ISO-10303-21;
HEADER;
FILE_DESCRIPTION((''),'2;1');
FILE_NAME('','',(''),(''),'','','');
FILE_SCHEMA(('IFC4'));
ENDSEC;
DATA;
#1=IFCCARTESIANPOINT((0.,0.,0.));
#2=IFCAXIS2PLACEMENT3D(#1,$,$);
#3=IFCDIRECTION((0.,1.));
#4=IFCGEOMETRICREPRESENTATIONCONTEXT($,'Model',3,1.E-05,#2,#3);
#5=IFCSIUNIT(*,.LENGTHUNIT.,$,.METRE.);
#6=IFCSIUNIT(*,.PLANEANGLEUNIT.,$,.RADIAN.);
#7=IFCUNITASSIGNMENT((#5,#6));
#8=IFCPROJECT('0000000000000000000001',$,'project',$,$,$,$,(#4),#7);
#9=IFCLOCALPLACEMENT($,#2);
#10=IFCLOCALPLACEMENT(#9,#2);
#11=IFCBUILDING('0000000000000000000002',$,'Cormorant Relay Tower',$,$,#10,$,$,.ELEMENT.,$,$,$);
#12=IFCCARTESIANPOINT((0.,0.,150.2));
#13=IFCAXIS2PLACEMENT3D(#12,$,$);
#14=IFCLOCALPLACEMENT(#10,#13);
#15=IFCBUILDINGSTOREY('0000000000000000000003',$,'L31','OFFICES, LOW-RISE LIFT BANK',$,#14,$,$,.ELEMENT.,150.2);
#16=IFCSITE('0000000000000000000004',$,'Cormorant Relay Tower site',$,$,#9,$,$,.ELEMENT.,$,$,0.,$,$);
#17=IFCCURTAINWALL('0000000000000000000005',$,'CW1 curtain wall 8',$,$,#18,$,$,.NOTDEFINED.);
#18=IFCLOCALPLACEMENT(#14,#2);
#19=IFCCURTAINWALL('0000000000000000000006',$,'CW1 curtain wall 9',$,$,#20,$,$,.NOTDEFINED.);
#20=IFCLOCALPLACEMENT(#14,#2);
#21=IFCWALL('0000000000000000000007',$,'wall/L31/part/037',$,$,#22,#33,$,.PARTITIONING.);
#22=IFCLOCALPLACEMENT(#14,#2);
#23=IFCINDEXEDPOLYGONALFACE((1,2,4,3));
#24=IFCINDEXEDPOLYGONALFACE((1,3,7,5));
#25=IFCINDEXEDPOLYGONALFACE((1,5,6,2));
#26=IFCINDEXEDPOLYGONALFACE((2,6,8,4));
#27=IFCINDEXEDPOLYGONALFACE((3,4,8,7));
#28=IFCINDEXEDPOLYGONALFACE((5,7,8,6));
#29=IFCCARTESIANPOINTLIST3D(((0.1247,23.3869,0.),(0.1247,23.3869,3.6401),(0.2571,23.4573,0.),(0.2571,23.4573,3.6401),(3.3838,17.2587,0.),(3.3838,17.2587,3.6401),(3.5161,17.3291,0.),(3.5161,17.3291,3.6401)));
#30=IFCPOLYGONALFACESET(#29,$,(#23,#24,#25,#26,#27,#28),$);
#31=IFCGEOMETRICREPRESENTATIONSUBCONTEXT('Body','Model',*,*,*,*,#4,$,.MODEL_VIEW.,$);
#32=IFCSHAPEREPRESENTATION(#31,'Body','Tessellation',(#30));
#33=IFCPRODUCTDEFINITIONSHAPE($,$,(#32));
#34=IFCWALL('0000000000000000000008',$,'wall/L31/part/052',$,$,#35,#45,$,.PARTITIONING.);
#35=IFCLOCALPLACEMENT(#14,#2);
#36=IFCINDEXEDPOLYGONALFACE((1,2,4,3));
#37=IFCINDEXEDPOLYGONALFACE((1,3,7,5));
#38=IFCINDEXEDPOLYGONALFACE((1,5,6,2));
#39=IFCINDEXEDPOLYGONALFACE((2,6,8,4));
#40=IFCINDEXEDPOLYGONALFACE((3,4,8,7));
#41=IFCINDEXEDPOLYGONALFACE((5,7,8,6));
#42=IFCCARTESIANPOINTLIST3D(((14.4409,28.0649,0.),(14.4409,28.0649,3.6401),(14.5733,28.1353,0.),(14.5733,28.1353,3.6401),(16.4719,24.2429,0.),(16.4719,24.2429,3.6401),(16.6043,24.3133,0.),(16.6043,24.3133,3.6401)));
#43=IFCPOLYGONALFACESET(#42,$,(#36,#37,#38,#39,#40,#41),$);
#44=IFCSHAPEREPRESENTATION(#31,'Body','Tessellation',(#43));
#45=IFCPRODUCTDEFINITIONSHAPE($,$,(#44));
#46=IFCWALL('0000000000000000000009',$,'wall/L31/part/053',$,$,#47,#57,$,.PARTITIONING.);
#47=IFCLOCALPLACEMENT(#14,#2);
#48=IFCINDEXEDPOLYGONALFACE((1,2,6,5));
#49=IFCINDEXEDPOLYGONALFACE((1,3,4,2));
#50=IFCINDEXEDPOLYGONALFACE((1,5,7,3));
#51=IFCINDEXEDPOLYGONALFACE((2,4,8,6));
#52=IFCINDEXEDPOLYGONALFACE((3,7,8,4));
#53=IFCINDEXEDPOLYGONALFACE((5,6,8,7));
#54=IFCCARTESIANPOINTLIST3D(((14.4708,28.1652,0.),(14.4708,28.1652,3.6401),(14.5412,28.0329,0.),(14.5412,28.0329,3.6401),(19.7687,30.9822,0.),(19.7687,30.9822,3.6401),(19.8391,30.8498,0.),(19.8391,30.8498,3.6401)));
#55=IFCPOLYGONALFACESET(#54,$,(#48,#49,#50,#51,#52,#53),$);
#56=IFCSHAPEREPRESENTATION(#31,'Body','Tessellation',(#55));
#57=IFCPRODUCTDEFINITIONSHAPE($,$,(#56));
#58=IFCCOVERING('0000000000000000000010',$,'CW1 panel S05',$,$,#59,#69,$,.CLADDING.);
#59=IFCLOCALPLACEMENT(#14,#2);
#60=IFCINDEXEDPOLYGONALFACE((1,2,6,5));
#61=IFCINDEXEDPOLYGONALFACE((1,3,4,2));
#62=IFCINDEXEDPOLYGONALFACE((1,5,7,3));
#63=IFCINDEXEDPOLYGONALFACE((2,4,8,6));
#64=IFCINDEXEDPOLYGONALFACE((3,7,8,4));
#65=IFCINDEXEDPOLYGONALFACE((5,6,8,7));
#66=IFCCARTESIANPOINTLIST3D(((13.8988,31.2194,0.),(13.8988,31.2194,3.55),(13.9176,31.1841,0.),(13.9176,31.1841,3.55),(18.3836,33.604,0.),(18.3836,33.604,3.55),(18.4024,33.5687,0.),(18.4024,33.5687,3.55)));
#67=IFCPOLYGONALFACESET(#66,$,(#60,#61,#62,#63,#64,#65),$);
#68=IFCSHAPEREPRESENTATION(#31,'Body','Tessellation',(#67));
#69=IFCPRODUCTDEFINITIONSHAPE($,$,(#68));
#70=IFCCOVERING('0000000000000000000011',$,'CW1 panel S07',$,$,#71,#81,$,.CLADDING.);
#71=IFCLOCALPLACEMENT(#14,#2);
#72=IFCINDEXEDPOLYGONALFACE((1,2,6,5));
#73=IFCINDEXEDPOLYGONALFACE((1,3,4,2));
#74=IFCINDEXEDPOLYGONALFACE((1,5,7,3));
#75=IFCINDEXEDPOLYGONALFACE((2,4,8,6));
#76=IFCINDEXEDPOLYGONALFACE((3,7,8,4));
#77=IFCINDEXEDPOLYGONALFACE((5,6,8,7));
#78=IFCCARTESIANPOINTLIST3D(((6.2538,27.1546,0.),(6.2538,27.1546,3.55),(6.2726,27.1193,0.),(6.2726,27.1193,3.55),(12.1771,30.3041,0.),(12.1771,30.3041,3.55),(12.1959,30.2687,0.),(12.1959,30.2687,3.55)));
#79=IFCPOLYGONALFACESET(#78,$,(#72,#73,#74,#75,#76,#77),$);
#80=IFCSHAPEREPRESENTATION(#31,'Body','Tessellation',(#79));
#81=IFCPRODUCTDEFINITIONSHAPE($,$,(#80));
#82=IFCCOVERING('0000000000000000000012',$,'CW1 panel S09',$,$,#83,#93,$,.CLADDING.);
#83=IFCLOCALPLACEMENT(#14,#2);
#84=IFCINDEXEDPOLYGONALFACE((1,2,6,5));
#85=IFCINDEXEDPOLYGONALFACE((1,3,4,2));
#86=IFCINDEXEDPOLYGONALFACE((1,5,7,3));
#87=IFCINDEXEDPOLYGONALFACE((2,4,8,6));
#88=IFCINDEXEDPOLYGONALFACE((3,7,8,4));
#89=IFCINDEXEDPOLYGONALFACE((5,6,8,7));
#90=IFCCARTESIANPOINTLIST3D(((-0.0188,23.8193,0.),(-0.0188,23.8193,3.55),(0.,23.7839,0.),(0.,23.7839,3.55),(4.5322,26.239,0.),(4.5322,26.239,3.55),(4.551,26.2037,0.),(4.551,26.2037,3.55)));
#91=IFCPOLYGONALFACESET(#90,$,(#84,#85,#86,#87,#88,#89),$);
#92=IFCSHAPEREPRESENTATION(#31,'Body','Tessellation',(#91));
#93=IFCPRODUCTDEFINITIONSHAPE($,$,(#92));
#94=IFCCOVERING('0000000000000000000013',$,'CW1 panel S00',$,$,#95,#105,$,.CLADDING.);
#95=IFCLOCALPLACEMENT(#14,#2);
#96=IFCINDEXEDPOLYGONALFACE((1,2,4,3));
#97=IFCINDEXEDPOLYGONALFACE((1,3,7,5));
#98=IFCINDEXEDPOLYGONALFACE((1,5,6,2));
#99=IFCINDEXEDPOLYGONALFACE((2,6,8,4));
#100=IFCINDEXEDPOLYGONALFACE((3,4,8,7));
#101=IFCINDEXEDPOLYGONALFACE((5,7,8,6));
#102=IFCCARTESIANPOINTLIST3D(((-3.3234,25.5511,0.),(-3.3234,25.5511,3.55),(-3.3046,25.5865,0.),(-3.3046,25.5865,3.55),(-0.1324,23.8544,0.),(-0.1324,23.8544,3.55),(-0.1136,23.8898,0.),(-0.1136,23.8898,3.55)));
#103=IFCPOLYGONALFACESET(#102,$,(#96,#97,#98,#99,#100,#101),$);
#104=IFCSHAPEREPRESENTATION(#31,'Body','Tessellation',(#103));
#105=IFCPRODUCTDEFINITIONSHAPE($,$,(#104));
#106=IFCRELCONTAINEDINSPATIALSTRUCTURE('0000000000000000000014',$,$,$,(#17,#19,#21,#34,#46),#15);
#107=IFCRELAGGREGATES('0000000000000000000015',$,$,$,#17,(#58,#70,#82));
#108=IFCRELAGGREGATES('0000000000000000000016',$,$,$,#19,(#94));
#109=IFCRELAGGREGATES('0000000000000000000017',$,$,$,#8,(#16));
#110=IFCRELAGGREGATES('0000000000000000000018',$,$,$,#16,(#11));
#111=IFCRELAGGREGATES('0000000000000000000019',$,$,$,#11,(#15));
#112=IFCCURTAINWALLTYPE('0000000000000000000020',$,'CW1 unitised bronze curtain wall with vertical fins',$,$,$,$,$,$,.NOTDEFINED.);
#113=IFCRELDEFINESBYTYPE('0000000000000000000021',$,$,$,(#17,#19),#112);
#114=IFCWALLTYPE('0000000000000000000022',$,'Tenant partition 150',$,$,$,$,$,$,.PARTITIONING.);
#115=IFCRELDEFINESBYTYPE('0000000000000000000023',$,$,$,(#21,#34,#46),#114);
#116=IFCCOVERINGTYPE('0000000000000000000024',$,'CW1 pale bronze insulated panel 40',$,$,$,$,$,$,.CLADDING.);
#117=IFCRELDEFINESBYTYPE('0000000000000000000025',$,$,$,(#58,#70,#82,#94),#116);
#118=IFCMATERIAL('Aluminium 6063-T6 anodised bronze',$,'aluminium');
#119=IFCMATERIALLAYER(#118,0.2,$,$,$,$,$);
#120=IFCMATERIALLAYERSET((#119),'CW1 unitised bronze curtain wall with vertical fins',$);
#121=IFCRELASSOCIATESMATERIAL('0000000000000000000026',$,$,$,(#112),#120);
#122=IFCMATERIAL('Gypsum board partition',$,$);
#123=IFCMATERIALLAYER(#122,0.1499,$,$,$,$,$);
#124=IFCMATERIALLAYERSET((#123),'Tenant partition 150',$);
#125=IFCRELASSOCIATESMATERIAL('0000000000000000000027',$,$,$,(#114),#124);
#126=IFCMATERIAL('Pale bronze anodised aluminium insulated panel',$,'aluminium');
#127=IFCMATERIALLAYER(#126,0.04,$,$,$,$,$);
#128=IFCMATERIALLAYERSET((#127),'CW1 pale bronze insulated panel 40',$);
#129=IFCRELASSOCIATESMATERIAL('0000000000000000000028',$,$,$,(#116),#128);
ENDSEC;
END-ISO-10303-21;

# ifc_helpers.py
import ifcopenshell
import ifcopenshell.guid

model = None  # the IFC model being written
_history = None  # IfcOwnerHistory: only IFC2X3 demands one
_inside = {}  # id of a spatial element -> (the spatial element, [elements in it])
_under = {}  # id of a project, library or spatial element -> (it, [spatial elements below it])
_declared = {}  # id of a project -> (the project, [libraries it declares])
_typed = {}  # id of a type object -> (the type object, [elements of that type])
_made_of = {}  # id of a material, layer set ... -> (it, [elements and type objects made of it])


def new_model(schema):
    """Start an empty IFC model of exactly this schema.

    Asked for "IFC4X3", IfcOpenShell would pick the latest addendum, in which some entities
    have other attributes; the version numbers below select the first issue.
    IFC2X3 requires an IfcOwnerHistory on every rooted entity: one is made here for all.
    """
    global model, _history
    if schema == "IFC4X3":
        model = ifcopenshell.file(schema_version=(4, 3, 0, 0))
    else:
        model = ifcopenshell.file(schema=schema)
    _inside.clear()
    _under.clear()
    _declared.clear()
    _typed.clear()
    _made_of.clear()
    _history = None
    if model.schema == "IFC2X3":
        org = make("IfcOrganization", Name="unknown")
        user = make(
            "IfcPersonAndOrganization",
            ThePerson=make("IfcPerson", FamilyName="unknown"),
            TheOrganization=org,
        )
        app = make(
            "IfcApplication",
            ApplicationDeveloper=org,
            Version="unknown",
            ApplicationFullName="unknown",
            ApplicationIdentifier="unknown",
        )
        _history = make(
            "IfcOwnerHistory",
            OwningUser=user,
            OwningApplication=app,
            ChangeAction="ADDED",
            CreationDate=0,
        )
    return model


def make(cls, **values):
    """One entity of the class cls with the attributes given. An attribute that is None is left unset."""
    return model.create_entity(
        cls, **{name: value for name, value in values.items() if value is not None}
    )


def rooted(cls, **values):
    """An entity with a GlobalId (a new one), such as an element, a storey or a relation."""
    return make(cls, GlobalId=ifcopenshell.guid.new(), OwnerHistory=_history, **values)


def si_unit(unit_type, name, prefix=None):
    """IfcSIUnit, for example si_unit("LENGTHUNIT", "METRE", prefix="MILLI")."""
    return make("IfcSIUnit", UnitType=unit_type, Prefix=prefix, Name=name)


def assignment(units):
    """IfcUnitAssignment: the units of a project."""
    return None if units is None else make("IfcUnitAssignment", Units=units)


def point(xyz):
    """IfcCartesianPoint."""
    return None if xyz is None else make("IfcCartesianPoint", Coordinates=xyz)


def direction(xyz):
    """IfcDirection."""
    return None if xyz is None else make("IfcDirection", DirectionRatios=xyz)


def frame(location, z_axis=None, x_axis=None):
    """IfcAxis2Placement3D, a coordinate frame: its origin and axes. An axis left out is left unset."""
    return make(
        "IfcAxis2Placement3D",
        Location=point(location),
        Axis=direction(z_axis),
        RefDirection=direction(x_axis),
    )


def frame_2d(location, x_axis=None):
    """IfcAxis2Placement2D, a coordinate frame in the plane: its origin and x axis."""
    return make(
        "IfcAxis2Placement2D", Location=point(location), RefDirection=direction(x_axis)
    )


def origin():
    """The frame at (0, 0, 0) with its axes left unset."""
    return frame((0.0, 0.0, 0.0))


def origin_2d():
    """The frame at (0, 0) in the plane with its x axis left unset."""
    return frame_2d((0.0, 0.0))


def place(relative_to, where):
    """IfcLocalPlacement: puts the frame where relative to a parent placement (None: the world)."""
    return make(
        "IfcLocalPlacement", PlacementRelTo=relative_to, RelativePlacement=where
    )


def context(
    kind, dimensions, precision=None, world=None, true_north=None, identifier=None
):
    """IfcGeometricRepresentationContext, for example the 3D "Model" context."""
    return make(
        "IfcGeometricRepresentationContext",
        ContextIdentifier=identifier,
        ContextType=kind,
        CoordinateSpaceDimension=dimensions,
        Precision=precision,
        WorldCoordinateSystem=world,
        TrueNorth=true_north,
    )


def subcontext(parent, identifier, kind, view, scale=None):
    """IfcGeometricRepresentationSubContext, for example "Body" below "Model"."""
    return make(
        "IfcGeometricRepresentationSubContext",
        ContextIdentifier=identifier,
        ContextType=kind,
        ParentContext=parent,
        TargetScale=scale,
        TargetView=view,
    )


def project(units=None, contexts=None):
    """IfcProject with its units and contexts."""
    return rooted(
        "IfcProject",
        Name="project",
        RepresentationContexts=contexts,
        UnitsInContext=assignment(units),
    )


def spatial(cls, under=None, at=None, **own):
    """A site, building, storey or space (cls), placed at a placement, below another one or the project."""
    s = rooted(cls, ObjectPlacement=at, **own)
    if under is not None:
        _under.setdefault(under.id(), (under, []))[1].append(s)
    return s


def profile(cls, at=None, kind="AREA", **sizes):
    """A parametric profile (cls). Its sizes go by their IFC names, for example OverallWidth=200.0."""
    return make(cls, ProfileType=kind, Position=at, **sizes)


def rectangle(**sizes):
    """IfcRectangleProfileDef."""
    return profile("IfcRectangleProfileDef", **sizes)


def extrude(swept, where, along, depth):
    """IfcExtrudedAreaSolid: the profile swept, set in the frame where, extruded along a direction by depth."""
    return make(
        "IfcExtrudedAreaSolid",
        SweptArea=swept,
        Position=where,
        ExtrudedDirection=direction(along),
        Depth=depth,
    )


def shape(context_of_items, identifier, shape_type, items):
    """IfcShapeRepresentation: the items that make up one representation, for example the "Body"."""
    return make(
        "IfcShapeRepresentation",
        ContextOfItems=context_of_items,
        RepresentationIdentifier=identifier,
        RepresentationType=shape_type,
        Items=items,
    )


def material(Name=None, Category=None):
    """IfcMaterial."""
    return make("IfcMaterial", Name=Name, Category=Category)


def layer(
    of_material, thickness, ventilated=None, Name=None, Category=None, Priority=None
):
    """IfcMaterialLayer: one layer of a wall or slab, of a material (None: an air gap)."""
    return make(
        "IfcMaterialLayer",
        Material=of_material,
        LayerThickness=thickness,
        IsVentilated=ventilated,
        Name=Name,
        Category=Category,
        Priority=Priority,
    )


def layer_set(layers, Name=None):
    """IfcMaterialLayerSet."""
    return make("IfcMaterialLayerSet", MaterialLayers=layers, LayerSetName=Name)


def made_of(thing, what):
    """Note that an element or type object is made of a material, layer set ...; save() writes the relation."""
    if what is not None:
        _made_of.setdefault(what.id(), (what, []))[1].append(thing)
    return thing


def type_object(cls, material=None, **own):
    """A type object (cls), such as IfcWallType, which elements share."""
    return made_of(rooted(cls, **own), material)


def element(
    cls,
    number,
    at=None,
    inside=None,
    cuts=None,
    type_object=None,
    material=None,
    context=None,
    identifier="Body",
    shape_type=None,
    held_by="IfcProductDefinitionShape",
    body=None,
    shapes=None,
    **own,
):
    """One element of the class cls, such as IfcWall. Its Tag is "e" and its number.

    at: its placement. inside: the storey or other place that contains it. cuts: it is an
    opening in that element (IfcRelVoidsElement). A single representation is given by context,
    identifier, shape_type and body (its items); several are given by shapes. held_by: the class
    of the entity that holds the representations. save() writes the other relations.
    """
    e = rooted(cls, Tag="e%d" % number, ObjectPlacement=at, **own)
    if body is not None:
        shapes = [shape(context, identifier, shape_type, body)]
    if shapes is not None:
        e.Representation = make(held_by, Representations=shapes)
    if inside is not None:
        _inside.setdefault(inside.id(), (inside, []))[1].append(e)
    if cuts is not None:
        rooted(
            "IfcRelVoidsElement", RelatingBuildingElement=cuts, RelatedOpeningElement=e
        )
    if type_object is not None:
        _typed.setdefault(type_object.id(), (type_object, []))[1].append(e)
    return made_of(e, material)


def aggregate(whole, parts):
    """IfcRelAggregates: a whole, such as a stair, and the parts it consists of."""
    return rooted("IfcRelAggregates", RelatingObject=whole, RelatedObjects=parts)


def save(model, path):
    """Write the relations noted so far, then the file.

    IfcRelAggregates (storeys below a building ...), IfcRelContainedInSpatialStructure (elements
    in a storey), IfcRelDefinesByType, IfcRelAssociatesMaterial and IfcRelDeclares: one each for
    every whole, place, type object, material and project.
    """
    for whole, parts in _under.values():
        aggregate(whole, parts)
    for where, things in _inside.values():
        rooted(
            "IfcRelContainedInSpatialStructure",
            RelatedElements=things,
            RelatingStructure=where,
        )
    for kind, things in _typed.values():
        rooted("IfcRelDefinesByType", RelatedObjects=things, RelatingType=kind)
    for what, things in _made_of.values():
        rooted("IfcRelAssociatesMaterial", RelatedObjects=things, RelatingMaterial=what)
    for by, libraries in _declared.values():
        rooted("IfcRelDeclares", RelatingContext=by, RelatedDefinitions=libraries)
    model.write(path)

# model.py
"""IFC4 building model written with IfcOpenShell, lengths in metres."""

from ifc_helpers import new_model, si_unit, direction, frame, frame_2d, origin, origin_2d, place, context, subcontext, project, spatial, rectangle, extrude, material, layer, layer_set, type_object, element, aggregate, save


model = new_model("IFC4")

# Units and contexts
model_context = context("Model", 3, precision=1e-05, world=origin(), true_north=direction((0.0, 1.0)))
body_context = subcontext(model_context, "Body", "Model", "MODEL_VIEW")
ifc_project = project(units=[si_unit("LENGTHUNIT", "METRE"), si_unit("PLANEANGLEUNIT", "RADIAN")], contexts=[model_context])

# Site, building, storey
site_placement = place(None, origin())
site = spatial("IfcSite", under=ifc_project, at=site_placement, Name="Cormorant Relay Tower site", CompositionType="ELEMENT", RefElevation=0.0)
building_placement = place(site_placement, origin())
building = spatial("IfcBuilding", under=site, at=building_placement, Name="Cormorant Relay Tower", CompositionType="ELEMENT")
storey_placement = place(building_placement, frame((0.0, 0.0, 150.2)))
storey = spatial("IfcBuildingStorey", under=building, at=storey_placement, Name="L31", Description="OFFICES, LOW-RISE LIFT BANK", CompositionType="ELEMENT", Elevation=150.2)

# Curtain walls
ifc_material_1 = material(Name="Aluminium 6063-T6 anodised bronze", Category="aluminium")
ifc_layer_1 = layer(ifc_material_1, 0.2)
ifc_layer_set_1 = layer_set([ifc_layer_1], Name="CW1 unitised bronze curtain wall with vertical fins")
curtain_wall_type = type_object("IfcCurtainWallType", Name="CW1 unitised bronze curtain wall with vertical fins", PredefinedType="NOTDEFINED", material=ifc_layer_set_1)
curtain_wall_1_placement = place(storey_placement, origin())
curtain_wall_1 = element("IfcCurtainWall", 1, at=curtain_wall_1_placement, inside=storey, type_object=curtain_wall_type, Name="CW1 curtain wall 8", PredefinedType="NOTDEFINED")
curtain_wall_2_placement = place(storey_placement, origin())
curtain_wall_2 = element("IfcCurtainWall", 2, at=curtain_wall_2_placement, inside=storey, type_object=curtain_wall_type, Name="CW1 curtain wall 9", PredefinedType="NOTDEFINED")

# Walls
ifc_material_2 = material(Name="Gypsum board partition")
ifc_layer_2 = layer(ifc_material_2, 0.1499)
ifc_layer_set_2 = layer_set([ifc_layer_2], Name="Tenant partition 150")
wall_type_1 = type_object("IfcWallType", Name="Tenant partition 150", PredefinedType="PARTITIONING", material=ifc_layer_set_2)
wall_1_placement = place(storey_placement, frame((0.1909, 23.4221, 0.0), z_axis=(0.0, 0.0, 1.0), x_axis=(0.469542, -0.88291, 0.0)))
element("IfcWall", 3, at=wall_1_placement, inside=storey, type_object=wall_type_1, Name="wall/L31/part/037", PredefinedType="PARTITIONING", context=body_context, shape_type="SweptSolid", body=[
    extrude(rectangle(XDim=6.9409, YDim=0.1499, at=frame_2d((3.4705, 0.0))), origin(), (0.0, 0.0, 1.0), 3.6401),
])
wall_2_placement = place(storey_placement, frame((14.5071, 28.1001, 0.0), z_axis=(0.0, 0.0, 1.0), x_axis=(0.469256, -0.883062, 0.0)))
element("IfcWall", 4, at=wall_2_placement, inside=storey, type_object=wall_type_1, Name="wall/L31/part/052", PredefinedType="PARTITIONING", context=body_context, shape_type="SweptSolid", body=[
    extrude(rectangle(XDim=4.3281, YDim=0.1499, at=frame_2d((2.1641, 0.0))), origin(), (0.0, 0.0, 1.0), 3.6401),
])
wall_3_placement = place(storey_placement, frame((14.5061, 28.0991, 0.0), z_axis=(0.0, 0.0, 1.0), x_axis=(0.882949, 0.469469, 0.0)))
element("IfcWall", 5, at=wall_3_placement, inside=storey, type_object=wall_type_1, Name="wall/L31/part/053", PredefinedType="PARTITIONING", context=body_context, shape_type="SweptSolid", body=[
    extrude(rectangle(XDim=6.0002, YDim=0.1499, at=frame_2d((3.0, 0.0))), origin(), (0.0, 0.0, 1.0), 3.6401),
])

# Coverings
ifc_material_3 = material(Name="Pale bronze anodised aluminium insulated panel", Category="aluminium")
ifc_layer_3 = layer(ifc_material_3, 0.04)
ifc_layer_set_3 = layer_set([ifc_layer_3], Name="CW1 pale bronze insulated panel 40")
covering_type = type_object("IfcCoveringType", Name="CW1 pale bronze insulated panel 40", PredefinedType="CLADDING", material=ifc_layer_set_3)
covering_1_placement = place(storey_placement, frame((16.1506, 32.394, 0.0), z_axis=(0.0, 0.0, 1.0), x_axis=(-0.882948, -0.469472, 0.0)))
covering_1 = element("IfcCovering", 6, at=covering_1_placement, type_object=covering_type, Name="CW1 panel S05", PredefinedType="CLADDING", context=body_context, shape_type="SweptSolid", body=[
    extrude(rectangle(XDim=5.0793, YDim=0.04, at=origin_2d()), origin(), (0.0, 0.0, 1.0), 3.55),
])
covering_2_placement = place(storey_placement, frame((9.2249, 28.7117, 0.0), z_axis=(0.0, 0.0, 1.0), x_axis=(-0.882948, -0.469472, 0.0)))
covering_2 = element("IfcCovering", 7, at=covering_2_placement, type_object=covering_type, Name="CW1 panel S07", PredefinedType="CLADDING", context=body_context, shape_type="SweptSolid", body=[
    extrude(rectangle(XDim=6.7085, YDim=0.04, at=origin_2d()), origin(), (0.0, 0.0, 1.0), 3.55),
])
covering_3_placement = place(storey_placement, frame((2.2661, 25.0115, 0.0), z_axis=(0.0, 0.0, 1.0), x_axis=(-0.882948, -0.469472, 0.0)))
covering_3 = element("IfcCovering", 8, at=covering_3_placement, type_object=covering_type, Name="CW1 panel S09", PredefinedType="CLADDING", context=body_context, shape_type="SweptSolid", body=[
    extrude(rectangle(XDim=5.1543, YDim=0.04, at=origin_2d()), origin(), (0.0, 0.0, 1.0), 3.55),
])
aggregate(curtain_wall_1, [covering_1, covering_2, covering_3])
covering_4_placement = place(storey_placement, frame((-1.7185, 24.7205, 0.0), z_axis=(0.0, 0.0, 1.0), x_axis=(-0.882948, 0.469472, 0.0)))
covering_4 = element("IfcCovering", 9, at=covering_4_placement, type_object=covering_type, Name="CW1 panel S00", PredefinedType="CLADDING", context=body_context, shape_type="SweptSolid", body=[
    extrude(rectangle(XDim=3.614, YDim=0.04, at=origin_2d()), origin(), (0.0, 0.0, 1.0), 3.55),
])
aggregate(curtain_wall_2, [covering_4])

save(model, "model.ifc")
